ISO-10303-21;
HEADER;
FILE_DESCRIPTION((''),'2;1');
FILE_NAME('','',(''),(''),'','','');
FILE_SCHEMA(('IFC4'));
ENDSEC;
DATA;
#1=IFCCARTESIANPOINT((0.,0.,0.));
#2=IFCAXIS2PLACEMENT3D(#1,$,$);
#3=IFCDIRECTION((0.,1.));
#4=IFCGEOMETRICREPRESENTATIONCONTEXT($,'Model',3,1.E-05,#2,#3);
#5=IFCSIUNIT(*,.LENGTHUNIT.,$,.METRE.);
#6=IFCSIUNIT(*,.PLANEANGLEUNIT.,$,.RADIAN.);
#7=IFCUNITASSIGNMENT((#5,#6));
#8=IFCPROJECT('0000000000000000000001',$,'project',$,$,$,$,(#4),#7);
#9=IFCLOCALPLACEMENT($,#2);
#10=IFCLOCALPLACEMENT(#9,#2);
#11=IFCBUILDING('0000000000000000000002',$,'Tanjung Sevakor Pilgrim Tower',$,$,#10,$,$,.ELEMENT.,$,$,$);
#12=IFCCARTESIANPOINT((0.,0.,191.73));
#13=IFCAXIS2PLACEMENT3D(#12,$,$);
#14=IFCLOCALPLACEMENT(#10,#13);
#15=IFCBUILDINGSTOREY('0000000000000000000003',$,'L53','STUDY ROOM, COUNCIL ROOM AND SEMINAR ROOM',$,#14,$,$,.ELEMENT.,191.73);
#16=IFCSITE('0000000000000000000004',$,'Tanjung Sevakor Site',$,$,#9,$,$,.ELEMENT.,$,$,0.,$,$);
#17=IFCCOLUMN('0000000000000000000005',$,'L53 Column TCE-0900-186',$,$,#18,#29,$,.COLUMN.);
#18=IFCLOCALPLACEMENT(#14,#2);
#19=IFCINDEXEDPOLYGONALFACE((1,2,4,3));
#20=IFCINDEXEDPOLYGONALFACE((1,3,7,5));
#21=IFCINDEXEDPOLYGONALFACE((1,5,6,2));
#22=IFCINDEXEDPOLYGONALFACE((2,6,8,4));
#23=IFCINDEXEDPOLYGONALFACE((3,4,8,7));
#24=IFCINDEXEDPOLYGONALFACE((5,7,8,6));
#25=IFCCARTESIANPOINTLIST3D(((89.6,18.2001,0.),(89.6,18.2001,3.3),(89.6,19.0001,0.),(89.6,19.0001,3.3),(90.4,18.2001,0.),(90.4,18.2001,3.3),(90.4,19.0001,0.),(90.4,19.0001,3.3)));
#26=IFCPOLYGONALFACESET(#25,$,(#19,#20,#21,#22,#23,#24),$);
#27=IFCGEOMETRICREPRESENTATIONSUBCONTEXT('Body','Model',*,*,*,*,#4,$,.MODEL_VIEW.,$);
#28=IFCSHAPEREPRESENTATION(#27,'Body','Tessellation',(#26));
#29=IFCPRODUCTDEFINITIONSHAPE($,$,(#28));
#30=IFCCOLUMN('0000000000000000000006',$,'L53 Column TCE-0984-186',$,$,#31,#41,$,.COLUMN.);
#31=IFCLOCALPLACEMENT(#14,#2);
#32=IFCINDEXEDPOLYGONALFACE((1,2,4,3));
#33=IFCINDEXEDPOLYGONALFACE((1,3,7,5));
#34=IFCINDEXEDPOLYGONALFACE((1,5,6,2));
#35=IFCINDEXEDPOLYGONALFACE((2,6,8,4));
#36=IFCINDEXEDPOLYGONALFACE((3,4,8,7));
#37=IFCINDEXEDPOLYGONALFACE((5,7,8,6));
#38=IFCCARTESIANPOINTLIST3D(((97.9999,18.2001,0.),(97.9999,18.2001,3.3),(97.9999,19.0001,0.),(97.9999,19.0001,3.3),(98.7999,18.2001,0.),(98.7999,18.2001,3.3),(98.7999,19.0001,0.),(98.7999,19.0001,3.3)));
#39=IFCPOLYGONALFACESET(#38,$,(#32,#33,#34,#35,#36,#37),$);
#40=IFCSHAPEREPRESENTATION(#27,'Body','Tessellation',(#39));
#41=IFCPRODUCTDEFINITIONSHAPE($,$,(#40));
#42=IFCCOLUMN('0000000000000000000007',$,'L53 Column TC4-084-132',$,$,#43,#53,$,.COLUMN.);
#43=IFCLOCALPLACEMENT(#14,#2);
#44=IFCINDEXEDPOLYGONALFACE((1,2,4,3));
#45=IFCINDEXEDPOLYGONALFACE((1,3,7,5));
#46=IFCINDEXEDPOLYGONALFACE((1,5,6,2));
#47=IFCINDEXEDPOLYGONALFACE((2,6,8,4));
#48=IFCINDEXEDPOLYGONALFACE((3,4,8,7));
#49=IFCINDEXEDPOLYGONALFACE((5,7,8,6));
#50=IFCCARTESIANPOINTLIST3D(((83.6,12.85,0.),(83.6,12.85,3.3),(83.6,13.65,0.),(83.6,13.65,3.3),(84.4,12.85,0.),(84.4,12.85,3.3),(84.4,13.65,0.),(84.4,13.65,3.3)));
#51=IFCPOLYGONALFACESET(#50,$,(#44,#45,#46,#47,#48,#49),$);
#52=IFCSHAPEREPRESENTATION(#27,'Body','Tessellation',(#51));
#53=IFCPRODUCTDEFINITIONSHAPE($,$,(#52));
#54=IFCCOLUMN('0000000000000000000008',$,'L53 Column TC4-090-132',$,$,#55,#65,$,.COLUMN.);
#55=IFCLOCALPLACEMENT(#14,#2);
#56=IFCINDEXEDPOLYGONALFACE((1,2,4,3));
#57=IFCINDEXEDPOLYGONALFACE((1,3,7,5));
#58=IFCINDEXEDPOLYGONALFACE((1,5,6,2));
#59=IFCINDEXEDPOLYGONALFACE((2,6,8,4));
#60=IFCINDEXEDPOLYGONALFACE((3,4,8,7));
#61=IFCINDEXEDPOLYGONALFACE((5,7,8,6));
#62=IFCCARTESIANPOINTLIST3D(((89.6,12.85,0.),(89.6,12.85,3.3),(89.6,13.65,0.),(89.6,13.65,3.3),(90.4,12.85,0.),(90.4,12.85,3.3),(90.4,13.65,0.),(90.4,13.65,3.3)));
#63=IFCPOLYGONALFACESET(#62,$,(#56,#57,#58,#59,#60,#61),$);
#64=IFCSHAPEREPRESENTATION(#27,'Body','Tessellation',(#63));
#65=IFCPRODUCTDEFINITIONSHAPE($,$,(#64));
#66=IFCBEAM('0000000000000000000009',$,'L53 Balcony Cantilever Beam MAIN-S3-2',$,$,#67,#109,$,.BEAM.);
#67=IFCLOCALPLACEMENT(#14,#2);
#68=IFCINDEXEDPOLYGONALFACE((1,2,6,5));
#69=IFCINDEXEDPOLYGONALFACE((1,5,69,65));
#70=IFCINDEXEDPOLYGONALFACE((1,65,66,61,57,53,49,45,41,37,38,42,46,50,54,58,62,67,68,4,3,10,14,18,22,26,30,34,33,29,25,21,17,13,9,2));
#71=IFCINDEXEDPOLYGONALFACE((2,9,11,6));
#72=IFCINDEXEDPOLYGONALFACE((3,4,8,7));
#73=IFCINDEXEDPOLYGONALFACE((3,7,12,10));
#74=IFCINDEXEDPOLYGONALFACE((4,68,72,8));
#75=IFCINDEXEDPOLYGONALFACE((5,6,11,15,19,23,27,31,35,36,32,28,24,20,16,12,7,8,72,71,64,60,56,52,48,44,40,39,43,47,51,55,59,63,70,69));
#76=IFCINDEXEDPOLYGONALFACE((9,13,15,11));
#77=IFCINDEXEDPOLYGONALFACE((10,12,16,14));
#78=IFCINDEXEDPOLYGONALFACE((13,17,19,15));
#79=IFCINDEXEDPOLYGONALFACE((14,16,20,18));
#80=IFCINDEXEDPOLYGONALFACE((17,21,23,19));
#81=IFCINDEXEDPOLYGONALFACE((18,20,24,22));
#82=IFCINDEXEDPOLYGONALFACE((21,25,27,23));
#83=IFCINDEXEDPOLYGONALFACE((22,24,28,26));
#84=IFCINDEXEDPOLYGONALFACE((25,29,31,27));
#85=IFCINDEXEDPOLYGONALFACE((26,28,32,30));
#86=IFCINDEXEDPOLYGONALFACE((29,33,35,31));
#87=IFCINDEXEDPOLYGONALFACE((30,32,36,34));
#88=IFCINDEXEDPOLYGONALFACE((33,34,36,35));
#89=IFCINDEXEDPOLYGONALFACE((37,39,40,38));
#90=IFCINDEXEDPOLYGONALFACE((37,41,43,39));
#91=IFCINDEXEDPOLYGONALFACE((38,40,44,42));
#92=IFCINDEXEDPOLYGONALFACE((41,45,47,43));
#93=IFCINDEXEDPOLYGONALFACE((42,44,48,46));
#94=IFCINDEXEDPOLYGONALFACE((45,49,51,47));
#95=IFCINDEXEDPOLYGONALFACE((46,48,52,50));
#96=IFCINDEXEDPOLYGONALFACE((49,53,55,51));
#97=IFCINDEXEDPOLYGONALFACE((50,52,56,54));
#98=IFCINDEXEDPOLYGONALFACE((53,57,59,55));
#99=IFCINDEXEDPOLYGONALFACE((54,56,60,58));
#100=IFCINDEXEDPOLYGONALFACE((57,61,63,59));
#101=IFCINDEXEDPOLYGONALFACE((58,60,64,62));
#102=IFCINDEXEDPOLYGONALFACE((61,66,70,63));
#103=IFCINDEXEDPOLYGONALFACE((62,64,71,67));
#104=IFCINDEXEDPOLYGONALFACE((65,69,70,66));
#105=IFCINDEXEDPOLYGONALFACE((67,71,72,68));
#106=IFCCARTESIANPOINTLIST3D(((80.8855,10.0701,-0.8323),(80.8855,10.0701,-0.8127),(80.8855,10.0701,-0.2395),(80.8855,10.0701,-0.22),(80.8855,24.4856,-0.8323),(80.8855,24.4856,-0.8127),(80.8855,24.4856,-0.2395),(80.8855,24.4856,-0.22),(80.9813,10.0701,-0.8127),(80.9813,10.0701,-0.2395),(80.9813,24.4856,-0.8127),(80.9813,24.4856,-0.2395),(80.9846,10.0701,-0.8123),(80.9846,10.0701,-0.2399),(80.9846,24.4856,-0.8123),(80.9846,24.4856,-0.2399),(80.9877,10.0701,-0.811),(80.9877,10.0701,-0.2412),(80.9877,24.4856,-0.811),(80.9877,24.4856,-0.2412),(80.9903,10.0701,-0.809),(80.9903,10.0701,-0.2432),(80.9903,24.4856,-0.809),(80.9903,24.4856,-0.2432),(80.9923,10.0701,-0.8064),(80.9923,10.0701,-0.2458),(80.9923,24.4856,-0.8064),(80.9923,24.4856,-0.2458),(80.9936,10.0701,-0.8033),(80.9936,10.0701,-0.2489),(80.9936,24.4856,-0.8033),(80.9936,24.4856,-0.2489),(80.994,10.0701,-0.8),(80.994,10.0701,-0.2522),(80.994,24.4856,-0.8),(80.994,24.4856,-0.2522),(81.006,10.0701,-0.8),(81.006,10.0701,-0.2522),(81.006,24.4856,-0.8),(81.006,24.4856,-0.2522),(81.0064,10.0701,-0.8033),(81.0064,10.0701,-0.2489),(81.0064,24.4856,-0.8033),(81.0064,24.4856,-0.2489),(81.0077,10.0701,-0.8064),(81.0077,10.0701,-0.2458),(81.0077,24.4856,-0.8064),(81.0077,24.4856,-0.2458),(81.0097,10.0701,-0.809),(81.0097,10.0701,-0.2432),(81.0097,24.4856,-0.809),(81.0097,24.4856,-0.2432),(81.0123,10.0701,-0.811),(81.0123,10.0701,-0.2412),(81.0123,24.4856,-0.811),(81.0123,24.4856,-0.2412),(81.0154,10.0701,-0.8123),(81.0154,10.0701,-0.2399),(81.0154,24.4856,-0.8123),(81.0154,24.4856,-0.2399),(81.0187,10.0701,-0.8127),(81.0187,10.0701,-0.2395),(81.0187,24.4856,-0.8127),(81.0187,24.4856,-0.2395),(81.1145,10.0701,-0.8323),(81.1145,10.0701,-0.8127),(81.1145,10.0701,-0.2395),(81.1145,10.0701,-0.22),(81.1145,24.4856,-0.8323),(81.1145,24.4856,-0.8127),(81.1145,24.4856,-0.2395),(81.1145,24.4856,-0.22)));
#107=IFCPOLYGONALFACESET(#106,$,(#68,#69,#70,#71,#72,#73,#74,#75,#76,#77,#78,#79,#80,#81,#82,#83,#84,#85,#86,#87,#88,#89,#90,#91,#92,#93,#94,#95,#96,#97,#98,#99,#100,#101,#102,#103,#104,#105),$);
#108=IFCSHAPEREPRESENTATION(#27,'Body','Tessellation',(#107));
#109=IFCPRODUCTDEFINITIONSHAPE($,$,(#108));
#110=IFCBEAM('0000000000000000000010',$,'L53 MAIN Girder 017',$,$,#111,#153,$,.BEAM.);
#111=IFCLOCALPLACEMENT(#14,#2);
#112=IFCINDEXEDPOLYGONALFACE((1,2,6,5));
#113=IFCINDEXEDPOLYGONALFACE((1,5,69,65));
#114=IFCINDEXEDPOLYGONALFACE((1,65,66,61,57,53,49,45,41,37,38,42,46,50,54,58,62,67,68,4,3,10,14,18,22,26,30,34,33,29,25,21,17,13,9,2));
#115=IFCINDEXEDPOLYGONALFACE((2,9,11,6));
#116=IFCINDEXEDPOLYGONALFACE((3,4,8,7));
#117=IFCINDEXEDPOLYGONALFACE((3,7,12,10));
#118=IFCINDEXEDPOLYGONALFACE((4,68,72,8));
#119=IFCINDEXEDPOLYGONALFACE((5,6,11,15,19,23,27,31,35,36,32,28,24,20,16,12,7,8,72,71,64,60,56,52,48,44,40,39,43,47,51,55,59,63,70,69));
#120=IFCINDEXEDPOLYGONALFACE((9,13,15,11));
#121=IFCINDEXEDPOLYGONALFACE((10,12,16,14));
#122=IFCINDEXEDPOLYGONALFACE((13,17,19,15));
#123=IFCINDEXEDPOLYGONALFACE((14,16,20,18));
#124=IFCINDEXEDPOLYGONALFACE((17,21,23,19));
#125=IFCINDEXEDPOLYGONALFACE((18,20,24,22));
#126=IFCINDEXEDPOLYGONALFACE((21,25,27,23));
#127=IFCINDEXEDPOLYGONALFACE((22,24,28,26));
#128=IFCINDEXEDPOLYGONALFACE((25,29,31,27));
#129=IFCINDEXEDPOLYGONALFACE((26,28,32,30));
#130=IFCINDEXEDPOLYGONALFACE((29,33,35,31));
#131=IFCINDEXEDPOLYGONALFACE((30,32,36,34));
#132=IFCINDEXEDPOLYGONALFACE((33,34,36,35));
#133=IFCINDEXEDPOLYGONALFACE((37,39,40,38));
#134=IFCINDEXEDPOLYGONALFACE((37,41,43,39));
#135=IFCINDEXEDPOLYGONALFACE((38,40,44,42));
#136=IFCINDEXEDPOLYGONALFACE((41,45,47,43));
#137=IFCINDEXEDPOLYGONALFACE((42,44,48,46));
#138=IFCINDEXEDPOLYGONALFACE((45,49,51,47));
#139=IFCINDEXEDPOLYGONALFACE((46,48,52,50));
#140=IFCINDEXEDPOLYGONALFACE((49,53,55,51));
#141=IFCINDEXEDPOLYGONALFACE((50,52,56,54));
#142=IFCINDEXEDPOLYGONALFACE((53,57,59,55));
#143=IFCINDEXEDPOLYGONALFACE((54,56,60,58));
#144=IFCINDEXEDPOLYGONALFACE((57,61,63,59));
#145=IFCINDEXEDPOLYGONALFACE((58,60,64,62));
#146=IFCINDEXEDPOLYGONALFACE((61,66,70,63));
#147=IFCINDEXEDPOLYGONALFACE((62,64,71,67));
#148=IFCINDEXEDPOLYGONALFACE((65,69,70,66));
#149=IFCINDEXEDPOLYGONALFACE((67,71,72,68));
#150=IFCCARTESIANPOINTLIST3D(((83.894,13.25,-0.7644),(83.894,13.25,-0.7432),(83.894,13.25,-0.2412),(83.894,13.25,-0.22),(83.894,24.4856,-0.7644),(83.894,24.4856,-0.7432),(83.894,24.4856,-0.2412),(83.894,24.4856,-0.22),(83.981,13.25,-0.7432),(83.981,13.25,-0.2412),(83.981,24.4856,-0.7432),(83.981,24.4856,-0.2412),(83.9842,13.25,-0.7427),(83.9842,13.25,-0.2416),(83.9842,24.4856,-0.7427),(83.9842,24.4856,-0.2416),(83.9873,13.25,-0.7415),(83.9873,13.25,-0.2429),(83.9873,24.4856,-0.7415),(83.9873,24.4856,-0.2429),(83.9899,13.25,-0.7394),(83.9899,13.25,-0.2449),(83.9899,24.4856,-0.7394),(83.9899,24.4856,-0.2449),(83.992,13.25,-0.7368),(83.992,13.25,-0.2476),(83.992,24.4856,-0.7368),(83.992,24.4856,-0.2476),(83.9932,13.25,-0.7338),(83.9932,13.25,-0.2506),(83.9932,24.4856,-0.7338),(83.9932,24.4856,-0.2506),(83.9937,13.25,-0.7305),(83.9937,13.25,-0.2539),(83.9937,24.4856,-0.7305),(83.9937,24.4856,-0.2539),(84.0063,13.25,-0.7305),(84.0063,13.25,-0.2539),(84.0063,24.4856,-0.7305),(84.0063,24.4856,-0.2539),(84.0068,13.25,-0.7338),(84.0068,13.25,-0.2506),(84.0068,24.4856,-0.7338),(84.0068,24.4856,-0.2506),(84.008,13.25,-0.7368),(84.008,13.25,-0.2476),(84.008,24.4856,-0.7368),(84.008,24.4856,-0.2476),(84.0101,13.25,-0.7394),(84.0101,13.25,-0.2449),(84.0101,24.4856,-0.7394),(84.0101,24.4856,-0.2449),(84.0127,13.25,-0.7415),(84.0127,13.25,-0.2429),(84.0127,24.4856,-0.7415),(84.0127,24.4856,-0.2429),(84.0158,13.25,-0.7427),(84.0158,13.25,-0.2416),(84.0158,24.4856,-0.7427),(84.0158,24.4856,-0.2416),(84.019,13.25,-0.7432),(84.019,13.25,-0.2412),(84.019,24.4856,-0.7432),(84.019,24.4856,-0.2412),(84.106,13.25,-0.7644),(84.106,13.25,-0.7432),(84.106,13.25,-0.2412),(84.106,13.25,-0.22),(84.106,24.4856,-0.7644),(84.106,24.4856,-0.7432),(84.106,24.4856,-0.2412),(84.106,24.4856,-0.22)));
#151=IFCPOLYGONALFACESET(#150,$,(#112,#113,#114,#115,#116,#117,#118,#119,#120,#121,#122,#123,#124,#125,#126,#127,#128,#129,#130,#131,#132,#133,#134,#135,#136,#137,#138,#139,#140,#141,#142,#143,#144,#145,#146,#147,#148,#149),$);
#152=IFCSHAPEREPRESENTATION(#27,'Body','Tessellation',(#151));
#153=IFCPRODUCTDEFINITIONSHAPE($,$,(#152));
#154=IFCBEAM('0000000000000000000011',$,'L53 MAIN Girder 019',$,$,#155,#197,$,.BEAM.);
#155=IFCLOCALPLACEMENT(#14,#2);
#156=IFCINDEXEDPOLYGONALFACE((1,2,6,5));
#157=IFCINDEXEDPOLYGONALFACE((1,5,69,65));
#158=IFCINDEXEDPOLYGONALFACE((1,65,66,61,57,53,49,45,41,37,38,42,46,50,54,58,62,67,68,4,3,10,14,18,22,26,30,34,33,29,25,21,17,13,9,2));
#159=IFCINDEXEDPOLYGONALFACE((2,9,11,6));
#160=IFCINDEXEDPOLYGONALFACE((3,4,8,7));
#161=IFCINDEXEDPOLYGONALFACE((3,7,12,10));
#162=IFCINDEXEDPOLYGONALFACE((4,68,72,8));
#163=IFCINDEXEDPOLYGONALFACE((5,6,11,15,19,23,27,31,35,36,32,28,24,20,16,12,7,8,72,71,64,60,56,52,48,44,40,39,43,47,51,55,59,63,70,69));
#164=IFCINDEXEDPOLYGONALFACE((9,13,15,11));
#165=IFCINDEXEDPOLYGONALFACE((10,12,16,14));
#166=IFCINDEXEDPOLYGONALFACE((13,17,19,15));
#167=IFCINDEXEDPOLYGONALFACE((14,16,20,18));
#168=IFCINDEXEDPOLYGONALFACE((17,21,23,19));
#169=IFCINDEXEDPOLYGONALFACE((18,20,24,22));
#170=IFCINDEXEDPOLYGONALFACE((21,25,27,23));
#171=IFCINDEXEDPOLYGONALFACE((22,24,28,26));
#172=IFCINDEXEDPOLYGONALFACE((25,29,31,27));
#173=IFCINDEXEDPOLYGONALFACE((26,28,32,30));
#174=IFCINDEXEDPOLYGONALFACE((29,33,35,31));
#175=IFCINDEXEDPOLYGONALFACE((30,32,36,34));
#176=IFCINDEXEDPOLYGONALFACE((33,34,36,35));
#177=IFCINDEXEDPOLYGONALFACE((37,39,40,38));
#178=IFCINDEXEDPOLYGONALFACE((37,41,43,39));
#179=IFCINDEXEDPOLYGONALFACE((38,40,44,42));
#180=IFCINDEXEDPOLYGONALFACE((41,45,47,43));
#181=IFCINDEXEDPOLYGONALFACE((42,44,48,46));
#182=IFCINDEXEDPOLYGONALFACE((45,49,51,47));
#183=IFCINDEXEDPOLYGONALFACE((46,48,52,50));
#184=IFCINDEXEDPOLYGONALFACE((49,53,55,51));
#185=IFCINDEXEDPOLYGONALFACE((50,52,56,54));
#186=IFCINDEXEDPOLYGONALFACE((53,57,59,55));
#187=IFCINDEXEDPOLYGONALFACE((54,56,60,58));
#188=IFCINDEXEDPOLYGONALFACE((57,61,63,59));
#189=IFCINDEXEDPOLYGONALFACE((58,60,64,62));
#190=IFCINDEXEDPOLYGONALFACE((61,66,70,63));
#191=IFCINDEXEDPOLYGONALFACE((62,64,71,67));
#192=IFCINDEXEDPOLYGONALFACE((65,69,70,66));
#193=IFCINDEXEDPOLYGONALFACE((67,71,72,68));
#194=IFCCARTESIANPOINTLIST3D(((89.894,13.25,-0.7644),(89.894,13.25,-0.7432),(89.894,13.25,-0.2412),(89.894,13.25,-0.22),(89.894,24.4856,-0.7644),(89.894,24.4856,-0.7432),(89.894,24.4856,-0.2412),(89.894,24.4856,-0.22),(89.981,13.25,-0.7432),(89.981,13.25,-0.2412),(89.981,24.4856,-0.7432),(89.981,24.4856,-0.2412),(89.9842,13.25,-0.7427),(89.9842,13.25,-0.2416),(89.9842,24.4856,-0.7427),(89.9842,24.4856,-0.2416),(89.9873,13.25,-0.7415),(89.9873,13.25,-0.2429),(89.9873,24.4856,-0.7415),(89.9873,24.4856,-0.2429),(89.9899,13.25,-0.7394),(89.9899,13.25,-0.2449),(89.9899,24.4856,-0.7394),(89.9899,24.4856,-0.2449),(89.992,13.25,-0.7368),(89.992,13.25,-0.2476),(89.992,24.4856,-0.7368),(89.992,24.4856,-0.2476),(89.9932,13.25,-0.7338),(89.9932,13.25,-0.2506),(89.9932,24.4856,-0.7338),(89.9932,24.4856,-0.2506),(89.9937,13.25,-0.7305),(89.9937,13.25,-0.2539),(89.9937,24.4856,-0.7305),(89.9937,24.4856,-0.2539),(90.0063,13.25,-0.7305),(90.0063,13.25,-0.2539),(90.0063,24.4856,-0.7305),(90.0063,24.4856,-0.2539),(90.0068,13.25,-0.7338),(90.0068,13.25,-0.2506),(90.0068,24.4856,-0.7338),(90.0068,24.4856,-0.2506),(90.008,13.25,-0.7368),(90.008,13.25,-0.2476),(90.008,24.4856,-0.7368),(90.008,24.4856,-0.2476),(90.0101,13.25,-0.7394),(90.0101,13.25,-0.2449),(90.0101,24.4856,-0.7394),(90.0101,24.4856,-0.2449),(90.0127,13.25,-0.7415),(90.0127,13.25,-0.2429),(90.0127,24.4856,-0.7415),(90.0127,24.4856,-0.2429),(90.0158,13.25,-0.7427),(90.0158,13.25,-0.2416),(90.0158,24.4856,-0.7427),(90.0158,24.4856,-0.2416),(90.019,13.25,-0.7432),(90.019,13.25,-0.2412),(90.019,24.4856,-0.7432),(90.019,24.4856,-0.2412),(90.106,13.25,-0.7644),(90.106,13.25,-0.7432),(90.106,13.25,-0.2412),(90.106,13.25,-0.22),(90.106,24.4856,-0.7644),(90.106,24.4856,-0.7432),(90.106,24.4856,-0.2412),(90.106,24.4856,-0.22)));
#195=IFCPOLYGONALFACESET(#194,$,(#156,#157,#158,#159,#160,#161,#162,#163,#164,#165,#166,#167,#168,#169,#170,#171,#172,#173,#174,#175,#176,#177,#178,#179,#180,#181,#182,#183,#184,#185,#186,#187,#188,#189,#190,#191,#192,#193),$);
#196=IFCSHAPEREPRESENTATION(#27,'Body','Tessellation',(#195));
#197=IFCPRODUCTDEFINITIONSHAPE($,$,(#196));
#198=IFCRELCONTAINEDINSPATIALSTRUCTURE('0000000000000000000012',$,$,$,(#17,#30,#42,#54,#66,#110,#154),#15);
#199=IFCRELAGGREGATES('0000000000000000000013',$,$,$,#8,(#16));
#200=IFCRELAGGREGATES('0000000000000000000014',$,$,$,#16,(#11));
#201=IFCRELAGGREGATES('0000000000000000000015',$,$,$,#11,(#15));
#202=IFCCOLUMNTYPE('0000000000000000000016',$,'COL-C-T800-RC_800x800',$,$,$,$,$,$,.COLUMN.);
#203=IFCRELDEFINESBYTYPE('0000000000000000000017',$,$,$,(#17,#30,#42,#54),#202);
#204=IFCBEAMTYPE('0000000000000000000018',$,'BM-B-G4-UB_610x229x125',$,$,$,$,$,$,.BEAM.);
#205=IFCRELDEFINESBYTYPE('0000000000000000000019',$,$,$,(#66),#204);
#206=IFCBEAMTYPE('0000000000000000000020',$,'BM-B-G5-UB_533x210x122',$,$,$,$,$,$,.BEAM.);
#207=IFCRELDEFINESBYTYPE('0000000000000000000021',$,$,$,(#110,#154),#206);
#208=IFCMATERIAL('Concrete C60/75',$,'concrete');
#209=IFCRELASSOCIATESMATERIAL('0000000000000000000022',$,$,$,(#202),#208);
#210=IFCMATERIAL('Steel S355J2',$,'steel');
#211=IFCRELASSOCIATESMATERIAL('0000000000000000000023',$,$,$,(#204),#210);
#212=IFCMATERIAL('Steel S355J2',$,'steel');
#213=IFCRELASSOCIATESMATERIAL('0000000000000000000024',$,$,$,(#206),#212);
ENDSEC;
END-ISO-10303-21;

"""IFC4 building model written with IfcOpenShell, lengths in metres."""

from ifc_helpers import new_model, si_unit, direction, frame, origin, origin_2d, place, context, subcontext, project, spatial, rectangle, i_section, extrude, material, material_profile, profile_set, type_object, element, save


model = new_model("IFC4")

# Units and contexts
model_context = context("Model", 3, precision=1e-05, world=origin(), true_north=direction((0.0, 1.0)))
body_context = subcontext(model_context, "Body", "Model", "MODEL_VIEW")
ifc_project = project(units=[si_unit("LENGTHUNIT", "METRE"), si_unit("PLANEANGLEUNIT", "RADIAN")], contexts=[model_context])

# Site, building, storey
site_placement = place(None, origin())
site = spatial("IfcSite", under=ifc_project, at=site_placement, Name="Tanjung Sevakor Site", CompositionType="ELEMENT", RefElevation=0.0)
building_placement = place(site_placement, origin())
building = spatial("IfcBuilding", under=site, at=building_placement, Name="Tanjung Sevakor Pilgrim Tower", CompositionType="ELEMENT")
storey_placement = place(building_placement, frame((0.0, 0.0, 191.73)))
storey = spatial("IfcBuildingStorey", under=building, at=storey_placement, Name="L53", Description="STUDY ROOM, COUNCIL ROOM AND SEMINAR ROOM", CompositionType="ELEMENT", Elevation=191.73)

# Columns
ifc_material_1 = material(Name="Concrete C60/75", Category="concrete")
ifc_material_profile_1 = material_profile(ifc_material_1, rectangle(XDim=0.8, YDim=0.8, at=origin_2d()))
ifc_profile_set_1 = profile_set([ifc_material_profile_1], Name="Concrete C60/75")
column_type = type_object("IfcColumnType", Name="COL-C-T800-RC_800x800", PredefinedType="COLUMN", material=ifc_profile_set_1)
for number, where, z_axis, x_axis, name in (
    (1, (90.0, 18.6001, 0.0), (0.0, 0.0, 1.0), (1.0, 0.0, 0.0), "L53 Column TCE-0900-186"),
    (2, (98.3999, 18.6001, 0.0), (0.0, 0.0, 1.0), (1.0, 0.0, 0.0), "L53 Column TCE-0984-186"),
    (3, (84.0, 13.25, 0.0), (0.0, 0.0, 1.0), (1.0, 0.0, 0.0), "L53 Column TC4-084-132"),
    (4, (90.0, 13.25, 0.0), (0.0, 0.0, 1.0), (1.0, 0.0, 0.0), "L53 Column TC4-090-132"),
):
    element("IfcColumn", number, at=place(storey_placement, frame(where, z_axis=z_axis, x_axis=x_axis)), inside=storey, type_object=column_type, Name=name, PredefinedType="COLUMN", context=body_context, shape_type="SweptSolid", body=[
        extrude(rectangle(XDim=0.8, YDim=0.8, at=origin_2d()), origin(), (0.0, 0.0, 1.0), 3.3),
    ])

# Beams
ifc_material_2 = material(Name="Steel S355J2", Category="steel")
ifc_material_profile_2 = material_profile(ifc_material_2, i_section(OverallWidth=0.229, OverallDepth=0.6123, WebThickness=0.012, FlangeThickness=0.0195, FilletRadius=0.0127, at=origin_2d()))
ifc_profile_set_2 = profile_set([ifc_material_profile_2], Name="Steel S355J2")
beam_type_1 = type_object("IfcBeamType", Name="BM-B-G4-UB_610x229x125", PredefinedType="BEAM", material=ifc_profile_set_2)
beam_1_placement = place(storey_placement, frame((81.0, 24.4856, -0.5261), z_axis=(0.0, -1.0, 0.0), x_axis=(1.0, 0.0, 0.0)))
element("IfcBeam", 5, at=beam_1_placement, inside=storey, type_object=beam_type_1, Name="L53 Balcony Cantilever Beam MAIN-S3-2", PredefinedType="BEAM", context=body_context, shape_type="SweptSolid", body=[
    extrude(i_section(OverallWidth=0.229, OverallDepth=0.6123, WebThickness=0.012, FlangeThickness=0.0195, FilletRadius=0.0127, at=origin_2d()), origin(), (0.0, 0.0, 1.0), 14.4155),
])
ifc_material_3 = material(Name="Steel S355J2", Category="steel")
ifc_material_profile_3 = material_profile(ifc_material_3, i_section(OverallWidth=0.2119, OverallDepth=0.5444, WebThickness=0.0127, FlangeThickness=0.0212, FilletRadius=0.0127, at=origin_2d()))
ifc_profile_set_3 = profile_set([ifc_material_profile_3], Name="Steel S355J2")
beam_type_2 = type_object("IfcBeamType", Name="BM-B-G5-UB_533x210x122", PredefinedType="BEAM", material=ifc_profile_set_3)
for number, where, z_axis, x_axis, name in (
    (6, (84.0, 13.25, -0.4922), (0.0, 1.0, 0.0), (-1.0, 0.0, 0.0), "L53 MAIN Girder 017"),
    (7, (90.0, 13.25, -0.4922), (0.0, 1.0, 0.0), (-1.0, 0.0, 0.0), "L53 MAIN Girder 019"),
):
    element("IfcBeam", number, at=place(storey_placement, frame(where, z_axis=z_axis, x_axis=x_axis)), inside=storey, type_object=beam_type_2, Name=name, PredefinedType="BEAM", context=body_context, shape_type="SweptSolid", body=[
        extrude(i_section(OverallWidth=0.2119, OverallDepth=0.5444, WebThickness=0.0127, FlangeThickness=0.0212, FilletRadius=0.0127, at=origin_2d()), origin(), (0.0, 0.0, 1.0), 11.2356),
    ])

save(model, "model.ifc")
